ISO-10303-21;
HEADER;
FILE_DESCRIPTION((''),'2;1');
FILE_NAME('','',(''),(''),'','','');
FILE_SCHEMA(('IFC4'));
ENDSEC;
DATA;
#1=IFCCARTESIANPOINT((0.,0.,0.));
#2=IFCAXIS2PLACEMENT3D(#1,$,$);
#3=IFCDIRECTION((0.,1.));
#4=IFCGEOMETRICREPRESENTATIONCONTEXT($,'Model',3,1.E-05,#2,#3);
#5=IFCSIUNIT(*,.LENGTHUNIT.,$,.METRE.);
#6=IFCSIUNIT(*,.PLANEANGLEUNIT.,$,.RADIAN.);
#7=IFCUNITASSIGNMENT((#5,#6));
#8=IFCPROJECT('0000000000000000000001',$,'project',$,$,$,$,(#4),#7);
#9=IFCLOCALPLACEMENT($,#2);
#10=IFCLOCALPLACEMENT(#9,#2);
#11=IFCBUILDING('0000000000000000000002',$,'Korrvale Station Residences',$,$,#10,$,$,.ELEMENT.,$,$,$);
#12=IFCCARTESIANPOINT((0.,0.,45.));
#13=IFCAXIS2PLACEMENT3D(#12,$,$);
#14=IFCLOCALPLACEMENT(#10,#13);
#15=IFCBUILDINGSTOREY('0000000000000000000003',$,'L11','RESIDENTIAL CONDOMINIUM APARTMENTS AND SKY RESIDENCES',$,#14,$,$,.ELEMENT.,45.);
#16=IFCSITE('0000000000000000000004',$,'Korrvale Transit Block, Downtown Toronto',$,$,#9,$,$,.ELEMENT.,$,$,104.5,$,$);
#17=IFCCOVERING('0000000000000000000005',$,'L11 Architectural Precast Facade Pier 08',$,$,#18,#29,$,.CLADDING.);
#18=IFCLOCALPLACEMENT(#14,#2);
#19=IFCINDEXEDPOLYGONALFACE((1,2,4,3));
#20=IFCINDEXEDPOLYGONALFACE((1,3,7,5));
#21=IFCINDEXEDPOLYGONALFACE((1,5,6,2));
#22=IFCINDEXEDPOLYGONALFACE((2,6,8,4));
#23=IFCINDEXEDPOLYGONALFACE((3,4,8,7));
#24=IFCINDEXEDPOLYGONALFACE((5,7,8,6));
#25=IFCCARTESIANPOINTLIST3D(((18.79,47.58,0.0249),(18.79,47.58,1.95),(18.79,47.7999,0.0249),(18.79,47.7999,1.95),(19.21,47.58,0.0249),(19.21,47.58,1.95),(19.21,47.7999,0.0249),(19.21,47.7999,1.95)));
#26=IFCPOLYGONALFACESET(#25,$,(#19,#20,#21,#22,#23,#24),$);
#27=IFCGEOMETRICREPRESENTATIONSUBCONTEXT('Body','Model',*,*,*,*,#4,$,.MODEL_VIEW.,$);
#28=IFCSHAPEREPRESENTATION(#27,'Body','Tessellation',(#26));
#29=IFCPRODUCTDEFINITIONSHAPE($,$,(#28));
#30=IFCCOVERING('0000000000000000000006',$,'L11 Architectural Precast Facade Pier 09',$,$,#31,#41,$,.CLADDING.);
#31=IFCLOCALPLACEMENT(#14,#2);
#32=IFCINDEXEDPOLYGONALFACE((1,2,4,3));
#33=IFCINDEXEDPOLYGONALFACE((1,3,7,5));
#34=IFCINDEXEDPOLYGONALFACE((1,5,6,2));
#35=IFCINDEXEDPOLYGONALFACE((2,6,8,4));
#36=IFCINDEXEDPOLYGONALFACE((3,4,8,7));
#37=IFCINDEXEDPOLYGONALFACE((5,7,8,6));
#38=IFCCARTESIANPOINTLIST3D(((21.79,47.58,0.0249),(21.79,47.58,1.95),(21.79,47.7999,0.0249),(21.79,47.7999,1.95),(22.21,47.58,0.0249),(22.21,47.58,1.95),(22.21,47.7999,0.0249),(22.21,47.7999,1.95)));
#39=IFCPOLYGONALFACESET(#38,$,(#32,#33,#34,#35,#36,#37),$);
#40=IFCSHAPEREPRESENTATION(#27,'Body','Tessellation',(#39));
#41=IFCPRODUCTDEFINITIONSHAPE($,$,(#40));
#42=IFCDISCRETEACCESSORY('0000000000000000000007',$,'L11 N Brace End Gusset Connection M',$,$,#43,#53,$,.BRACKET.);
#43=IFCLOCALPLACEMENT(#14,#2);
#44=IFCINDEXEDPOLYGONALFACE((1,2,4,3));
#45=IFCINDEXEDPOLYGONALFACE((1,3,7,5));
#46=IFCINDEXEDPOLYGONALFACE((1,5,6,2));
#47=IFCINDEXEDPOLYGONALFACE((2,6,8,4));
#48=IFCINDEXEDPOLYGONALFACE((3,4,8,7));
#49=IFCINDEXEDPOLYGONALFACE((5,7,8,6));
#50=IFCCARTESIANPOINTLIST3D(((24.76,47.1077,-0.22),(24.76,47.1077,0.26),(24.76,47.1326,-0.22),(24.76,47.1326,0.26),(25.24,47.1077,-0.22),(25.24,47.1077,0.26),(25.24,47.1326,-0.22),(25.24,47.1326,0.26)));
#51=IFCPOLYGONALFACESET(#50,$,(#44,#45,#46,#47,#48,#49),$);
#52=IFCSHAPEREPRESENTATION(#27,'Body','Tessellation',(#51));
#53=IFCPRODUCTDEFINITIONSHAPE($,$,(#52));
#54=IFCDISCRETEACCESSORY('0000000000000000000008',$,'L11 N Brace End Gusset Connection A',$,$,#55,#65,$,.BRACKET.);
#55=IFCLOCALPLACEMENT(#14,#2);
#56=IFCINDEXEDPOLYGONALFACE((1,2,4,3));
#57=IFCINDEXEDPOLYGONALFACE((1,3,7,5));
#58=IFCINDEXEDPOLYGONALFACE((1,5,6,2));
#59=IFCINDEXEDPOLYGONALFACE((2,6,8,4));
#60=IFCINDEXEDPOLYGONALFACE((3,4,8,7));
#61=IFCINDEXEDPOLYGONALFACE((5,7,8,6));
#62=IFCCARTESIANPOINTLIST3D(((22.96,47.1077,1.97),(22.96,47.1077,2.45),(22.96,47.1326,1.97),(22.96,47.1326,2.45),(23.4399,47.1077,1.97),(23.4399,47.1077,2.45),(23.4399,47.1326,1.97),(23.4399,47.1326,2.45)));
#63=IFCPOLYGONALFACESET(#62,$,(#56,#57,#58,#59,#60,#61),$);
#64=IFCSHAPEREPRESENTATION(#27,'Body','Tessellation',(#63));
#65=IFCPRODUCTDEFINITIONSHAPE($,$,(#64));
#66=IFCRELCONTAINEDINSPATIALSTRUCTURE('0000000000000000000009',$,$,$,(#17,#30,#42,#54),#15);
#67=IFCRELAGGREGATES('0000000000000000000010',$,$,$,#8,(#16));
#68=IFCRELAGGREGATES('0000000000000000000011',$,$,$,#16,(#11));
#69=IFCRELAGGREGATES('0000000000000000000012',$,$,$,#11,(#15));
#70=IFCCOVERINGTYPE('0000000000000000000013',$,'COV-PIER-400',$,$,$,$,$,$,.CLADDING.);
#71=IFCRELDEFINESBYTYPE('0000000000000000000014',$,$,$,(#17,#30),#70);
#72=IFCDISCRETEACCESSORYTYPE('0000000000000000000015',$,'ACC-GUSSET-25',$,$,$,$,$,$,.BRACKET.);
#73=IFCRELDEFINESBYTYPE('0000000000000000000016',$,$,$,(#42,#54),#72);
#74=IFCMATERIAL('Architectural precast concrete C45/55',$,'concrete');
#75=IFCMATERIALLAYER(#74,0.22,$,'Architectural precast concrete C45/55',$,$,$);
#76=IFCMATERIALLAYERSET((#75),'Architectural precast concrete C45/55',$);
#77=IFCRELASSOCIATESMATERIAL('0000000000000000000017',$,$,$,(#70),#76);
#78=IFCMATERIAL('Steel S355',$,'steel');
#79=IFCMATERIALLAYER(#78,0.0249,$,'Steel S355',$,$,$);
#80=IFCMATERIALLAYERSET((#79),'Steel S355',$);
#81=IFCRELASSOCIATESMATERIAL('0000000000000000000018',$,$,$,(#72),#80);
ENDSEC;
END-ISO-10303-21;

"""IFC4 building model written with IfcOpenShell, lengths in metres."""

from ifc_helpers import new_model, si_unit, direction, frame, origin, origin_2d, place, context, subcontext, project, spatial, rectangle, extrude, material, layer, layer_set, type_object, element, save


model = new_model("IFC4")

# Units and contexts
model_context = context("Model", 3, precision=1e-05, world=origin(), true_north=direction((0.0, 1.0)))
body_context = subcontext(model_context, "Body", "Model", "MODEL_VIEW")
ifc_project = project(units=[si_unit("LENGTHUNIT", "METRE"), si_unit("PLANEANGLEUNIT", "RADIAN")], contexts=[model_context])

# Site, building, storey
site_placement = place(None, origin())
site = spatial("IfcSite", under=ifc_project, at=site_placement, Name="Korrvale Transit Block, Downtown Toronto", CompositionType="ELEMENT", RefElevation=104.5)
building_placement = place(site_placement, origin())
building = spatial("IfcBuilding", under=site, at=building_placement, Name="Korrvale Station Residences", CompositionType="ELEMENT")
storey_placement = place(building_placement, frame((0.0, 0.0, 45.0)))
storey = spatial("IfcBuildingStorey", under=building, at=storey_placement, Name="L11", Description="RESIDENTIAL CONDOMINIUM APARTMENTS AND SKY RESIDENCES", CompositionType="ELEMENT", Elevation=45.0)

# Shared definitions
ifc_material_1 = material(Name="Steel S355", Category="steel")

# Coverings
ifc_material_2 = material(Name="Architectural precast concrete C45/55", Category="concrete")
ifc_layer_1 = layer(ifc_material_2, 0.22, Name="Architectural precast concrete C45/55")
ifc_layer_set_1 = layer_set([ifc_layer_1], Name="Architectural precast concrete C45/55")
covering_type = type_object("IfcCoveringType", Name="COV-PIER-400", PredefinedType="CLADDING", material=ifc_layer_set_1)
for number, where, z_axis, x_axis, name in (
    (1, (19.0, 47.6899, 0.0249), (0.0, 0.0, 1.0), (1.0, 0.0, 0.0), "L11 Architectural Precast Facade Pier 08"),
    (2, (22.0, 47.6899, 0.0249), (0.0, 0.0, 1.0), (1.0, 0.0, 0.0), "L11 Architectural Precast Facade Pier 09"),
):
    element("IfcCovering", number, at=place(storey_placement, frame(where, z_axis=z_axis, x_axis=x_axis)), inside=storey, type_object=covering_type, Name=name, PredefinedType="CLADDING", context=body_context, shape_type="SweptSolid", body=[
        extrude(rectangle(XDim=0.4199, YDim=0.22, at=origin_2d()), origin(), (0.0, 0.0, 1.0), 1.925),
    ])

# Discrete accessories
ifc_layer_2 = layer(ifc_material_1, 0.0249, Name="Steel S355")
ifc_layer_set_2 = layer_set([ifc_layer_2], Name="Steel S355")
discrete_accessory_type = type_object("IfcDiscreteAccessoryType", Name="ACC-GUSSET-25", PredefinedType="BRACKET", material=ifc_layer_set_2)
for number, where, z_axis, x_axis, name in (
    (3, (25.0, 47.1201, -0.22), (0.0, 0.0, 1.0), (1.0, 0.0, 0.0), "L11 N Brace End Gusset Connection M"),
    (4, (23.2, 47.1201, 1.97), (0.0, 0.0, 1.0), (1.0, 0.0, 0.0), "L11 N Brace End Gusset Connection A"),
):
    element("IfcDiscreteAccessory", number, at=place(storey_placement, frame(where, z_axis=z_axis, x_axis=x_axis)), inside=storey, type_object=discrete_accessory_type, Name=name, PredefinedType="BRACKET", context=body_context, shape_type="SweptSolid", body=[
        extrude(rectangle(XDim=0.48, YDim=0.0249, at=origin_2d()), origin(), (0.0, 0.0, 1.0), 0.48),
    ])

save(model, "model.ifc")
